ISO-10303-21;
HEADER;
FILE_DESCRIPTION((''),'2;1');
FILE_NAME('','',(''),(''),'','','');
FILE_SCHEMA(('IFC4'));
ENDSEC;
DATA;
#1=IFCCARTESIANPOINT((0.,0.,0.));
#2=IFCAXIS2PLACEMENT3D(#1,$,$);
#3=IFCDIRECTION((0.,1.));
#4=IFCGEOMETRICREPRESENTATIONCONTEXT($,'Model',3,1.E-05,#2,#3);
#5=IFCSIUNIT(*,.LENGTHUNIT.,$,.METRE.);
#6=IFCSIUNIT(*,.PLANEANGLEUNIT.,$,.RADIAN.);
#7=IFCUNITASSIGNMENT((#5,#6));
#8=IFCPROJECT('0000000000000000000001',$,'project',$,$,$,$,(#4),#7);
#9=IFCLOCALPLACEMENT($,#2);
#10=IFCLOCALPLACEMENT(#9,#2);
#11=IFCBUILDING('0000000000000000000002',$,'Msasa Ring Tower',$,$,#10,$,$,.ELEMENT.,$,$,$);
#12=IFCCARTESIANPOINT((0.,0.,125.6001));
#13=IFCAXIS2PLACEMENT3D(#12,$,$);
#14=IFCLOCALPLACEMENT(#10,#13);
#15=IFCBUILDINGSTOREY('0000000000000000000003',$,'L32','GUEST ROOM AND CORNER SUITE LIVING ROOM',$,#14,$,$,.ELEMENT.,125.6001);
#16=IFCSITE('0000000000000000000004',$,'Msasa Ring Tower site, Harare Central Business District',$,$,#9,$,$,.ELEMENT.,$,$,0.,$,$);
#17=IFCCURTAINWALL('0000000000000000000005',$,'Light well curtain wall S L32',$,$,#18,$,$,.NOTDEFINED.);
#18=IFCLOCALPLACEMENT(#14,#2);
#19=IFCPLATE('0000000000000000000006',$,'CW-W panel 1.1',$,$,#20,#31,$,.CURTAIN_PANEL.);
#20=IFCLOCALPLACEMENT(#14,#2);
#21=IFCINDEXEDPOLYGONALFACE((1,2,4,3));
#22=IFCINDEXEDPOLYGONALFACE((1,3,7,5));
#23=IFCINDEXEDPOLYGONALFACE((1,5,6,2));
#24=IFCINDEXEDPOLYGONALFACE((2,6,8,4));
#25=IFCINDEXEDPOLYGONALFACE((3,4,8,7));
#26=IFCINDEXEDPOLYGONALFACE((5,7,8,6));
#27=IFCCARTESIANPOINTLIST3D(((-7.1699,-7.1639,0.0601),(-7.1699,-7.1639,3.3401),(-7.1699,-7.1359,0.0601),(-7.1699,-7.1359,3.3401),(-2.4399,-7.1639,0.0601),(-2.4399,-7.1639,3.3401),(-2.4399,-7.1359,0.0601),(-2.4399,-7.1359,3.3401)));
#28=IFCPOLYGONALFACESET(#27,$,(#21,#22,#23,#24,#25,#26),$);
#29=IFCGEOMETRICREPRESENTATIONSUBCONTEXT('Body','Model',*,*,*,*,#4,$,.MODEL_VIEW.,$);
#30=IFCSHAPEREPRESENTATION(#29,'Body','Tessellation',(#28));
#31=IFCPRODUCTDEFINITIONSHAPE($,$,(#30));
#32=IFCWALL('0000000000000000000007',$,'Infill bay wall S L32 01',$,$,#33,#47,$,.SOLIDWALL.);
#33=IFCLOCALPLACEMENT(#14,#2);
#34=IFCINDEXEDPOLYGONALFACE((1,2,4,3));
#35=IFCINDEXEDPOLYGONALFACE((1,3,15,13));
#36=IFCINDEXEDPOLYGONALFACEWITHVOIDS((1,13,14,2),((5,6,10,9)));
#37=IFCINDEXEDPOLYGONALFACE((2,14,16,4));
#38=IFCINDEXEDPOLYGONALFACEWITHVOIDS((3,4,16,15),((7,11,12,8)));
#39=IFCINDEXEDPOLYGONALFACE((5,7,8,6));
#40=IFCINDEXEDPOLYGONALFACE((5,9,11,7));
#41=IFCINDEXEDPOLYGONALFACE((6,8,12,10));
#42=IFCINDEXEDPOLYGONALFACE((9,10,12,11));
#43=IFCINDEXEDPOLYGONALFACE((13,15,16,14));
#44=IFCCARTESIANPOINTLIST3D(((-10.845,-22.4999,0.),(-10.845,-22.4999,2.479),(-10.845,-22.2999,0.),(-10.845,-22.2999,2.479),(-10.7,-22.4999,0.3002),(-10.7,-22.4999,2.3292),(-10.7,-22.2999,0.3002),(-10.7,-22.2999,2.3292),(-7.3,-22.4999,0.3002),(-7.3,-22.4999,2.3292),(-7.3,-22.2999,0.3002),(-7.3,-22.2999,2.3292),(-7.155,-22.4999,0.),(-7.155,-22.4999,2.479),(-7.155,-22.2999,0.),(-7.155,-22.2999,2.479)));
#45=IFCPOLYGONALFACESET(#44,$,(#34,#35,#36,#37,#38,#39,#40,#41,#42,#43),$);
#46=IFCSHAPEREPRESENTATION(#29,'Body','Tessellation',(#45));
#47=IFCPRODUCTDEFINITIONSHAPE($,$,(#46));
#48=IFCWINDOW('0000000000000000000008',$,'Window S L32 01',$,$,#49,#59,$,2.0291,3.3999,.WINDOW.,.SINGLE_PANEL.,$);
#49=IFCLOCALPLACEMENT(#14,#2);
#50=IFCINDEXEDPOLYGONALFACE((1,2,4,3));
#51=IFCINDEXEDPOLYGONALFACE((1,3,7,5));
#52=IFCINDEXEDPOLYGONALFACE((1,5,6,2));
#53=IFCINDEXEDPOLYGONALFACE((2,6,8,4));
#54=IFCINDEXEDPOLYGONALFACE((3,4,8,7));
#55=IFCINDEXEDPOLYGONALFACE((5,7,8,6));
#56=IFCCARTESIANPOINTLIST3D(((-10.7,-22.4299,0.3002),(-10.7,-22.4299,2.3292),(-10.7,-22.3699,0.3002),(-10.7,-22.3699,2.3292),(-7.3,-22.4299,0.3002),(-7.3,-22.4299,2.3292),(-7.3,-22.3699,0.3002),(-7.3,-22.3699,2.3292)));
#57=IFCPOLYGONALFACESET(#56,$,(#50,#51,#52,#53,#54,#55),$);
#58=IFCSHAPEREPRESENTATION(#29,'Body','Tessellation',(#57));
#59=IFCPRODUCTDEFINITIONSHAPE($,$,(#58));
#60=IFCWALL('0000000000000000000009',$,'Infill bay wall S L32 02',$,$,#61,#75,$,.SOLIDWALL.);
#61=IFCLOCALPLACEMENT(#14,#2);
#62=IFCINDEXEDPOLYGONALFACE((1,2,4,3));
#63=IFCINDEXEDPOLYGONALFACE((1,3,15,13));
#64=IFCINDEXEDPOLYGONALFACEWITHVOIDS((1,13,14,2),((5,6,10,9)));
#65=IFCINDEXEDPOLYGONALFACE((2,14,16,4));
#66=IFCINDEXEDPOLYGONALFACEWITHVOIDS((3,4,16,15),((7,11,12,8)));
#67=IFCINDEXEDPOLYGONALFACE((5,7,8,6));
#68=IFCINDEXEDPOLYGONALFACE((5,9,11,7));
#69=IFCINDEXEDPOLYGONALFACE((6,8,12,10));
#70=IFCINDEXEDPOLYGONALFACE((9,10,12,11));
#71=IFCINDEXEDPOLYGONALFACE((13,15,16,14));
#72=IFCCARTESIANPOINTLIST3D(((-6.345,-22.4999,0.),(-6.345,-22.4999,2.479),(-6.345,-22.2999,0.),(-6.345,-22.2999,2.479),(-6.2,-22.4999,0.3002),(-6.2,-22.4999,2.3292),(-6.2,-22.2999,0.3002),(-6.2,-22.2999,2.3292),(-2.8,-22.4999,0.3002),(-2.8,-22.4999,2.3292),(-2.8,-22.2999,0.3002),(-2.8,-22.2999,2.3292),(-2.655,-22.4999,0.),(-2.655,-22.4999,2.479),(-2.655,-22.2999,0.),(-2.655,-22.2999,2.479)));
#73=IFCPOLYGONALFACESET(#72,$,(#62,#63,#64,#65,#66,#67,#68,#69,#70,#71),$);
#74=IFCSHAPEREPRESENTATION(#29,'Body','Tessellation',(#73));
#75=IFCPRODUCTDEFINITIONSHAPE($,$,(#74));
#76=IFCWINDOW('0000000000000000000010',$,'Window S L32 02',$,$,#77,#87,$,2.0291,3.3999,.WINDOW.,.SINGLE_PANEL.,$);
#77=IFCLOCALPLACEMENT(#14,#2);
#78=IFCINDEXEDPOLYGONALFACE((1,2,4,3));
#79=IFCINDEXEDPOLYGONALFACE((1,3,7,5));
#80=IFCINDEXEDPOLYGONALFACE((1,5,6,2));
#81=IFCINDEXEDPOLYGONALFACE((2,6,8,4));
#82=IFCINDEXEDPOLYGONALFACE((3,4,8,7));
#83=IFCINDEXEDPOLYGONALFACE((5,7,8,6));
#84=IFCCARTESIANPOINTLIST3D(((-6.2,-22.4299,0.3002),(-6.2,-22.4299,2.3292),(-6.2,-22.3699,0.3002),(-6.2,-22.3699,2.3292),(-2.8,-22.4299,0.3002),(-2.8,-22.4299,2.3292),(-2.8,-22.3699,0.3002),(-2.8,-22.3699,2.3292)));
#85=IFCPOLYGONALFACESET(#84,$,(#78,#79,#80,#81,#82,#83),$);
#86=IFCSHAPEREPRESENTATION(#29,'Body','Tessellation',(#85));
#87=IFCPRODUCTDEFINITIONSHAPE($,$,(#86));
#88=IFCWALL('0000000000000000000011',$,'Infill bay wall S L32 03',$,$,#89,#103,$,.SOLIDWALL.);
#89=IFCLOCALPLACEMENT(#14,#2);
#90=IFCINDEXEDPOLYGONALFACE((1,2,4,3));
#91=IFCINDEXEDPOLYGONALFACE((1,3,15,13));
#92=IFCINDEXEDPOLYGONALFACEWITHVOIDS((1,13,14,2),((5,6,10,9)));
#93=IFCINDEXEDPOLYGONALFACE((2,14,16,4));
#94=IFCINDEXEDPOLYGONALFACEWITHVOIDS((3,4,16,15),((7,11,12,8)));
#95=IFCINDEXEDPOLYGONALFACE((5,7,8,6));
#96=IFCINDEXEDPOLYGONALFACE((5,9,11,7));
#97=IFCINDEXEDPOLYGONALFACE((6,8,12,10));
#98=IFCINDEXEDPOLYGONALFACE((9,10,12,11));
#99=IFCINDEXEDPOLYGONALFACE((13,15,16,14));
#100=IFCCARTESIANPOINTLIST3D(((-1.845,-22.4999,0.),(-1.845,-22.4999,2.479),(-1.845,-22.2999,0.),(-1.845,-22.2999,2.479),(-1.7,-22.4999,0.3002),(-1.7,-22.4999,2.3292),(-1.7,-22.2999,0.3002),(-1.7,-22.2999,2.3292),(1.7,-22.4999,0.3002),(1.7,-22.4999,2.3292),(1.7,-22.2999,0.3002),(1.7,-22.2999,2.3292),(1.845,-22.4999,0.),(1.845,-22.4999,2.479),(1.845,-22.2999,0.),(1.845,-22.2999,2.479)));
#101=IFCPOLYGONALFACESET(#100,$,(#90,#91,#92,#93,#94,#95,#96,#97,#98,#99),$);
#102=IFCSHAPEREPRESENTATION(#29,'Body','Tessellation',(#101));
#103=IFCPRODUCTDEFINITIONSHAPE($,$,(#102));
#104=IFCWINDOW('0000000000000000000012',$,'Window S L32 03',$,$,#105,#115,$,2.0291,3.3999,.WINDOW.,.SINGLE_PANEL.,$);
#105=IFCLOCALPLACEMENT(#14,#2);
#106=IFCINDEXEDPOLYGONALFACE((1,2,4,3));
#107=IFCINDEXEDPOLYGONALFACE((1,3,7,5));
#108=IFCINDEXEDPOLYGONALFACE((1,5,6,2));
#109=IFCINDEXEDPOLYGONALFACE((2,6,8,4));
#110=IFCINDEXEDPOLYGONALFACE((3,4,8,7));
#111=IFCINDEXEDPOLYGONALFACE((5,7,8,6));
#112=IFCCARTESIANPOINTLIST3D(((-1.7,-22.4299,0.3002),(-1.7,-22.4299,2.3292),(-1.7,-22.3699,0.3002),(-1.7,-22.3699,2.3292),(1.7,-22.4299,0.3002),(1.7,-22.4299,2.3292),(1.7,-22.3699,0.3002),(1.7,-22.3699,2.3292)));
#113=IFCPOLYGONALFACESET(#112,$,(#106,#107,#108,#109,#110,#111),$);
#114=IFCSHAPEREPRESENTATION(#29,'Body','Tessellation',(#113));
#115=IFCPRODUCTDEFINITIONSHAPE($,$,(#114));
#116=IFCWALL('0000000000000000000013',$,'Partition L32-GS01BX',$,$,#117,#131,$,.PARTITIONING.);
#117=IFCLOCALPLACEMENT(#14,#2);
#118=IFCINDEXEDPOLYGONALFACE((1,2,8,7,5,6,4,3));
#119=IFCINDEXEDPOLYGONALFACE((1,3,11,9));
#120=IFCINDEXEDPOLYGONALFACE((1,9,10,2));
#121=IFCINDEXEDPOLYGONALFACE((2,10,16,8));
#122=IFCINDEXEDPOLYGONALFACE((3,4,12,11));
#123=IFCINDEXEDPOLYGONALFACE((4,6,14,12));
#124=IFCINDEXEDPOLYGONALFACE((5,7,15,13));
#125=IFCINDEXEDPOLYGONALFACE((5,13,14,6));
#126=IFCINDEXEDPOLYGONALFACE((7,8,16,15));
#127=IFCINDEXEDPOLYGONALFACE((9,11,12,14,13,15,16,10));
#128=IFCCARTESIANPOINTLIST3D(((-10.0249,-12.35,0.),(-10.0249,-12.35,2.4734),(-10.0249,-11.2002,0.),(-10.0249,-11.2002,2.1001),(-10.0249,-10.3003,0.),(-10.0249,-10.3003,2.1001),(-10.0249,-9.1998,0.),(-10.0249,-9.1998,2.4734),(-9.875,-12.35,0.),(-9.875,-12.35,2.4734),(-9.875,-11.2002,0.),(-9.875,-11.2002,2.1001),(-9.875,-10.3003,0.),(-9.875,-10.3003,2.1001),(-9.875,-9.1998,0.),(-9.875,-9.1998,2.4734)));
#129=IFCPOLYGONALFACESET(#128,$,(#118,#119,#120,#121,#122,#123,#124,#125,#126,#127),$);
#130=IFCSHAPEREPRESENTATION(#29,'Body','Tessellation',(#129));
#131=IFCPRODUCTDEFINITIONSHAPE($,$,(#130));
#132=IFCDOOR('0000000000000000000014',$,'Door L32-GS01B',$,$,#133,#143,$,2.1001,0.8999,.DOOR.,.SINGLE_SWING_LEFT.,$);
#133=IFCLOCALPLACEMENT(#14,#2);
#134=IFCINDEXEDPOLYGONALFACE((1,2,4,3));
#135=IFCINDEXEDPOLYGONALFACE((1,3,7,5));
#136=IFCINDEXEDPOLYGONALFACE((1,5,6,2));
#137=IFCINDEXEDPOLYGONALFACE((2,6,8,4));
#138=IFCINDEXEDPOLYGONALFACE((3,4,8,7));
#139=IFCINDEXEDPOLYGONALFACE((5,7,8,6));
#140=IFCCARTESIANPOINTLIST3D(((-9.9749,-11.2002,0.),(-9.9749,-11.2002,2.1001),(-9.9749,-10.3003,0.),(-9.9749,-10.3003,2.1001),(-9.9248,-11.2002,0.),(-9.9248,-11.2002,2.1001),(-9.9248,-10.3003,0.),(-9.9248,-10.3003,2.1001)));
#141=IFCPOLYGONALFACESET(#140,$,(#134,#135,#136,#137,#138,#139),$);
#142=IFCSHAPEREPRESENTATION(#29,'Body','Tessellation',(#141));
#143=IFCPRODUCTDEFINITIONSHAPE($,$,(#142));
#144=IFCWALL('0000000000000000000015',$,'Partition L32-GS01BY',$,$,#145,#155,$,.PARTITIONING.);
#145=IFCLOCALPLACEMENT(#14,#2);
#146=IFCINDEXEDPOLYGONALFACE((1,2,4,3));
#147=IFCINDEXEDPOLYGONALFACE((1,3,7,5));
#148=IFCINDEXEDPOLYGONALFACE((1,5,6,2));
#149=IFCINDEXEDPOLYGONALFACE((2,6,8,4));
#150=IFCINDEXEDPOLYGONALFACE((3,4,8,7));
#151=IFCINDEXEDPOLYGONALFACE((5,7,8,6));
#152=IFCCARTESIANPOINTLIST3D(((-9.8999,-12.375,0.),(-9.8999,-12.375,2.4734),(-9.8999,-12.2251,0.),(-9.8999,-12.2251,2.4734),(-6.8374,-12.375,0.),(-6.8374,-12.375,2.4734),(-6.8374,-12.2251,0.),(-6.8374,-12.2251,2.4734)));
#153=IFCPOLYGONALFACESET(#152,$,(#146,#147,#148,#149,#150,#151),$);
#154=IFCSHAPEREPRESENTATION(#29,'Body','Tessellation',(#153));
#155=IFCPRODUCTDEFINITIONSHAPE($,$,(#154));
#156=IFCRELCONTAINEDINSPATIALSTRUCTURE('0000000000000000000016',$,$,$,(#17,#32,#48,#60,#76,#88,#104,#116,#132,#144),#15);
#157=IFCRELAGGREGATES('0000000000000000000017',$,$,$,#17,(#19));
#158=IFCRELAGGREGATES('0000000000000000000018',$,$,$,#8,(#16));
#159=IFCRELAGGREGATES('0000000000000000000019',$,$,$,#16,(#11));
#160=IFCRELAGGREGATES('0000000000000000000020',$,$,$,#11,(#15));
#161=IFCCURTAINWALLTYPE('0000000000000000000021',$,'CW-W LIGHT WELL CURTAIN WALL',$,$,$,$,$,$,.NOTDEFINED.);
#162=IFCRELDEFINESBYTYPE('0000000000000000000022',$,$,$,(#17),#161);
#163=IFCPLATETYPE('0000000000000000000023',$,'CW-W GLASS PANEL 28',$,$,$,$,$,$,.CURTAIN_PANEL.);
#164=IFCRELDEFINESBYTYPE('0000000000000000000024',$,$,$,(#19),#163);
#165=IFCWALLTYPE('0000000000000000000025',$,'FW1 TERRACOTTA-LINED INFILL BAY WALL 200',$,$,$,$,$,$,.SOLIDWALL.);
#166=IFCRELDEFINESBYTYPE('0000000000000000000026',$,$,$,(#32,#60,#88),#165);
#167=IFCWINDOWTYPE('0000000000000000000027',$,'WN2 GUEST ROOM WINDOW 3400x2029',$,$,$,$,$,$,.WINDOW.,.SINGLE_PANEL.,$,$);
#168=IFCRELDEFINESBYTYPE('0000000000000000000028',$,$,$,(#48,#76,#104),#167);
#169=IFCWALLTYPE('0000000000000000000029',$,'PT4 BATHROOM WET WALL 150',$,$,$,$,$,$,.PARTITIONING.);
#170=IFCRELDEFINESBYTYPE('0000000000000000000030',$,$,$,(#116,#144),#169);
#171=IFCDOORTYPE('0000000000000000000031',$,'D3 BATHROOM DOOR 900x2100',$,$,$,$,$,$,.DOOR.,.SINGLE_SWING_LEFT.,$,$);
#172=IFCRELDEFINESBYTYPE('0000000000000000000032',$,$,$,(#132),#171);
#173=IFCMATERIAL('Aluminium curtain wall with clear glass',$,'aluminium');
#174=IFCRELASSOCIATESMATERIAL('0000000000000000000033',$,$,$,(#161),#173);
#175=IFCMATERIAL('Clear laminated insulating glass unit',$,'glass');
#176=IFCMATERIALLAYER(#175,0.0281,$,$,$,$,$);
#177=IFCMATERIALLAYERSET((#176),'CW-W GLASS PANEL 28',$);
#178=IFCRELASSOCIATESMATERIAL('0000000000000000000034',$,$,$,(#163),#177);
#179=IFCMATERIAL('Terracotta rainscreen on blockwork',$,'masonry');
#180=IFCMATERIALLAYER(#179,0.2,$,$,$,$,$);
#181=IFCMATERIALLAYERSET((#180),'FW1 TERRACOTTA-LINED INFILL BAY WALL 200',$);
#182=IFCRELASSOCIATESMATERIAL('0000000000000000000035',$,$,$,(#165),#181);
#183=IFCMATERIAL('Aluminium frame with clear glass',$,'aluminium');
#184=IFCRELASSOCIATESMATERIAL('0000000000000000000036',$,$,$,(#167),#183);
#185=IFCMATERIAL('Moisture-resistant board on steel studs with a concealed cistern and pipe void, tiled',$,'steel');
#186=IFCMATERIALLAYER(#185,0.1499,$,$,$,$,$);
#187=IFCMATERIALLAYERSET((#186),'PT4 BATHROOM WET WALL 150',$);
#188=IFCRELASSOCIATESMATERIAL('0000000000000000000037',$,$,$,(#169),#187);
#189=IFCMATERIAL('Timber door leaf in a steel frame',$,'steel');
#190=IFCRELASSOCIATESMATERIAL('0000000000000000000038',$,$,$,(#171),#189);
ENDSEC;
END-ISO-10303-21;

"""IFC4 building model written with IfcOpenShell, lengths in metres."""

from ifc_helpers import new_model, si_unit, direction, frame, frame_2d, origin, origin_2d, place, context, subcontext, project, spatial, rectangle, extrude, material, layer, layer_set, type_object, element, fill, aggregate, save


model = new_model("IFC4")

# Units and contexts
model_context = context("Model", 3, precision=1e-05, world=origin(), true_north=direction((0.0, 1.0)))
body_context = subcontext(model_context, "Body", "Model", "MODEL_VIEW")
ifc_project = project(units=[si_unit("LENGTHUNIT", "METRE"), si_unit("PLANEANGLEUNIT", "RADIAN")], contexts=[model_context])

# Site, building, storey
site_placement = place(None, origin())
site = spatial("IfcSite", under=ifc_project, at=site_placement, Name="Msasa Ring Tower site, Harare Central Business District", CompositionType="ELEMENT", RefElevation=0.0)
building_placement = place(site_placement, origin())
building = spatial("IfcBuilding", under=site, at=building_placement, Name="Msasa Ring Tower", CompositionType="ELEMENT")
storey_placement = place(building_placement, frame((0.0, 0.0, 125.6001)))
storey = spatial("IfcBuildingStorey", under=building, at=storey_placement, Name="L32", Description="GUEST ROOM AND CORNER SUITE LIVING ROOM", CompositionType="ELEMENT", Elevation=125.6001)

# Curtain wall
ifc_material_1 = material(Name="Aluminium curtain wall with clear glass", Category="aluminium")
curtain_wall_type = type_object("IfcCurtainWallType", Name="CW-W LIGHT WELL CURTAIN WALL", PredefinedType="NOTDEFINED", material=ifc_material_1)
curtain_wall_placement = place(storey_placement, origin())
curtain_wall = element("IfcCurtainWall", 1, at=curtain_wall_placement, inside=storey, type_object=curtain_wall_type, Name="Light well curtain wall S L32", PredefinedType="NOTDEFINED")

# Plate
ifc_material_2 = material(Name="Clear laminated insulating glass unit", Category="glass")
ifc_layer_1 = layer(ifc_material_2, 0.0281)
ifc_layer_set_1 = layer_set([ifc_layer_1], Name="CW-W GLASS PANEL 28")
plate_type = type_object("IfcPlateType", Name="CW-W GLASS PANEL 28", PredefinedType="CURTAIN_PANEL", material=ifc_layer_set_1)
plate_placement = place(storey_placement, frame((-4.8049, -7.1499, 0.0601), z_axis=(0.0, 0.0, 1.0), x_axis=(1.0, 0.0, 0.0)))
plate = element("IfcPlate", 2, at=plate_placement, type_object=plate_type, Name="CW-W panel 1.1", PredefinedType="CURTAIN_PANEL", context=body_context, shape_type="SweptSolid", body=[
    extrude(rectangle(XDim=4.73, YDim=0.0281, at=origin_2d()), origin(), (0.0, 0.0, 1.0), 3.28),
])
aggregate(curtain_wall, [plate])

# Walls, openings, windows
ifc_material_3 = material(Name="Terracotta rainscreen on blockwork", Category="masonry")
ifc_layer_2 = layer(ifc_material_3, 0.2)
ifc_layer_set_2 = layer_set([ifc_layer_2], Name="FW1 TERRACOTTA-LINED INFILL BAY WALL 200")
wall_type_1 = type_object("IfcWallType", Name="FW1 TERRACOTTA-LINED INFILL BAY WALL 200", PredefinedType="SOLIDWALL", material=ifc_layer_set_2)
wall_1_placement = place(storey_placement, frame((-10.845, -22.3999, 0.0), z_axis=(0.0, 0.0, 1.0), x_axis=(1.0, 0.0, 0.0)))
wall_1 = element("IfcWall", 3, at=wall_1_placement, inside=storey, type_object=wall_type_1, Name="Infill bay wall S L32 01", PredefinedType="SOLIDWALL", context=body_context, shape_type="SweptSolid", body=[
    extrude(rectangle(XDim=3.6899, YDim=0.2, at=frame_2d((1.845, 0.0))), origin(), (0.0, 0.0, 1.0), 2.479),
])
opening_1_placement = place(wall_1_placement, frame((0.145, 0.0, 0.3)))
opening_1 = element("IfcOpeningElement", 4, at=opening_1_placement, cuts=wall_1, PredefinedType="OPENING", context=body_context, shape_type="SweptSolid", body=[
    extrude(rectangle(XDim=3.3999, YDim=2.0291, at=frame_2d((1.7, 1.0146))), frame((0.0, 0.1099, 0.0), z_axis=(0.0, -1.0, 0.0), x_axis=(1.0, 0.0, 0.0)), (0.0, 0.0, 1.0), 0.22),
])
ifc_material_4 = material(Name="Aluminium frame with clear glass", Category="aluminium")
window_type = type_object("IfcWindowType", Name="WN2 GUEST ROOM WINDOW 3400x2029", PartitioningType="SINGLE_PANEL", PredefinedType="WINDOW", material=ifc_material_4)
window_1_placement = place(opening_1_placement, origin())
window_1 = element("IfcWindow", 5, at=window_1_placement, inside=storey, type_object=window_type, Name="Window S L32 01", OverallHeight=2.0291, OverallWidth=3.3999, PartitioningType="SINGLE_PANEL", PredefinedType="WINDOW", context=body_context, shape_type="SweptSolid", body=[
    extrude(rectangle(XDim=3.3999, YDim=2.0291, at=frame_2d((1.7, 1.0146))), frame((0.0, 0.03, 0.0), z_axis=(0.0, -1.0, 0.0), x_axis=(1.0, 0.0, 0.0)), (0.0, 0.0, 1.0), 0.0601),
])
fill(opening_1, window_1)
wall_2_placement = place(storey_placement, frame((-6.345, -22.3999, 0.0), z_axis=(0.0, 0.0, 1.0), x_axis=(1.0, 0.0, 0.0)))
wall_2 = element("IfcWall", 6, at=wall_2_placement, inside=storey, type_object=wall_type_1, Name="Infill bay wall S L32 02", PredefinedType="SOLIDWALL", context=body_context, shape_type="SweptSolid", body=[
    extrude(rectangle(XDim=3.6899, YDim=0.2, at=frame_2d((1.845, 0.0))), origin(), (0.0, 0.0, 1.0), 2.479),
])
opening_2_placement = place(wall_2_placement, frame((0.145, 0.0, 0.3)))
opening_2 = element("IfcOpeningElement", 7, at=opening_2_placement, cuts=wall_2, PredefinedType="OPENING", context=body_context, shape_type="SweptSolid", body=[
    extrude(rectangle(XDim=3.3999, YDim=2.0291, at=frame_2d((1.7, 1.0146))), frame((0.0, 0.1099, 0.0), z_axis=(0.0, -1.0, 0.0), x_axis=(1.0, 0.0, 0.0)), (0.0, 0.0, 1.0), 0.22),
])
window_2_placement = place(opening_2_placement, origin())
window_2 = element("IfcWindow", 8, at=window_2_placement, inside=storey, type_object=window_type, Name="Window S L32 02", OverallHeight=2.0291, OverallWidth=3.3999, PartitioningType="SINGLE_PANEL", PredefinedType="WINDOW", context=body_context, shape_type="SweptSolid", body=[
    extrude(rectangle(XDim=3.3999, YDim=2.0291, at=frame_2d((1.7, 1.0146))), frame((0.0, 0.03, 0.0), z_axis=(0.0, -1.0, 0.0), x_axis=(1.0, 0.0, 0.0)), (0.0, 0.0, 1.0), 0.0601),
])
fill(opening_2, window_2)
wall_3_placement = place(storey_placement, frame((-1.845, -22.3999, 0.0), z_axis=(0.0, 0.0, 1.0), x_axis=(1.0, 0.0, 0.0)))
wall_3 = element("IfcWall", 9, at=wall_3_placement, inside=storey, type_object=wall_type_1, Name="Infill bay wall S L32 03", PredefinedType="SOLIDWALL", context=body_context, shape_type="SweptSolid", body=[
    extrude(rectangle(XDim=3.6899, YDim=0.2, at=frame_2d((1.845, 0.0))), origin(), (0.0, 0.0, 1.0), 2.479),
])
opening_3_placement = place(wall_3_placement, frame((0.145, 0.0, 0.3)))
opening_3 = element("IfcOpeningElement", 10, at=opening_3_placement, cuts=wall_3, PredefinedType="OPENING", context=body_context, shape_type="SweptSolid", body=[
    extrude(rectangle(XDim=3.3999, YDim=2.0291, at=frame_2d((1.7, 1.0146))), frame((0.0, 0.1099, 0.0), z_axis=(0.0, -1.0, 0.0), x_axis=(1.0, 0.0, 0.0)), (0.0, 0.0, 1.0), 0.22),
])
window_3_placement = place(opening_3_placement, origin())
window_3 = element("IfcWindow", 11, at=window_3_placement, inside=storey, type_object=window_type, Name="Window S L32 03", OverallHeight=2.0291, OverallWidth=3.3999, PartitioningType="SINGLE_PANEL", PredefinedType="WINDOW", context=body_context, shape_type="SweptSolid", body=[
    extrude(rectangle(XDim=3.3999, YDim=2.0291, at=frame_2d((1.7, 1.0146))), frame((0.0, 0.03, 0.0), z_axis=(0.0, -1.0, 0.0), x_axis=(1.0, 0.0, 0.0)), (0.0, 0.0, 1.0), 0.0601),
])
fill(opening_3, window_3)

# Wall, opening, door
ifc_material_5 = material(Name="Moisture-resistant board on steel studs with a concealed cistern and pipe void, tiled", Category="steel")
ifc_layer_3 = layer(ifc_material_5, 0.1499)
ifc_layer_set_3 = layer_set([ifc_layer_3], Name="PT4 BATHROOM WET WALL 150")
wall_type_2 = type_object("IfcWallType", Name="PT4 BATHROOM WET WALL 150", PredefinedType="PARTITIONING", material=ifc_layer_set_3)
wall_4_placement = place(storey_placement, frame((-9.95, -12.3501, 0.0), z_axis=(0.0, 0.0, 1.0), x_axis=(0.0, 1.0, 0.0)))
wall_4 = element("IfcWall", 12, at=wall_4_placement, inside=storey, type_object=wall_type_2, Name="Partition L32-GS01BX", PredefinedType="PARTITIONING", context=body_context, shape_type="SweptSolid", body=[
    extrude(rectangle(XDim=3.1501, YDim=0.1499, at=frame_2d((1.5752, 0.0))), origin(), (0.0, 0.0, 1.0), 2.4734),
])
opening_4_placement = place(wall_4_placement, frame((1.1499, 0.0, 0.0)))
opening_4 = element("IfcOpeningElement", 13, at=opening_4_placement, cuts=wall_4, PredefinedType="OPENING", context=body_context, shape_type="SweptSolid", body=[
    extrude(rectangle(XDim=0.8999, YDim=2.1001, at=frame_2d((0.45, 1.05))), frame((0.0, 0.085, 0.0), z_axis=(0.0, -1.0, 0.0), x_axis=(1.0, 0.0, 0.0)), (0.0, 0.0, 1.0), 0.1699),
])
ifc_material_6 = material(Name="Timber door leaf in a steel frame", Category="steel")
door_type = type_object("IfcDoorType", Name="D3 BATHROOM DOOR 900x2100", OperationType="SINGLE_SWING_LEFT", PredefinedType="DOOR", material=ifc_material_6)
door_1_placement = place(opening_4_placement, origin())
door_1 = element("IfcDoor", 14, at=door_1_placement, inside=storey, type_object=door_type, Name="Door L32-GS01B", OperationType="SINGLE_SWING_LEFT", OverallHeight=2.1001, OverallWidth=0.8999, PredefinedType="DOOR", context=body_context, shape_type="SweptSolid", body=[
    extrude(rectangle(XDim=0.8999, YDim=2.1001, at=frame_2d((0.45, 1.05))), frame((0.0, 0.0249, 0.0), z_axis=(0.0, -1.0, 0.0), x_axis=(1.0, 0.0, 0.0)), (0.0, 0.0, 1.0), 0.05),
])
fill(opening_4, door_1)

# Wall
wall_5_placement = place(storey_placement, frame((-9.8999, -12.3, 0.0), z_axis=(0.0, 0.0, 1.0), x_axis=(1.0, 0.0, 0.0)))
element("IfcWall", 15, at=wall_5_placement, inside=storey, type_object=wall_type_2, Name="Partition L32-GS01BY", PredefinedType="PARTITIONING", context=body_context, shape_type="SweptSolid", body=[
    extrude(rectangle(XDim=3.0625, YDim=0.1499, at=frame_2d((1.5312, 0.0))), origin(), (0.0, 0.0, 1.0), 2.4734),
])

save(model, "model.ifc")
